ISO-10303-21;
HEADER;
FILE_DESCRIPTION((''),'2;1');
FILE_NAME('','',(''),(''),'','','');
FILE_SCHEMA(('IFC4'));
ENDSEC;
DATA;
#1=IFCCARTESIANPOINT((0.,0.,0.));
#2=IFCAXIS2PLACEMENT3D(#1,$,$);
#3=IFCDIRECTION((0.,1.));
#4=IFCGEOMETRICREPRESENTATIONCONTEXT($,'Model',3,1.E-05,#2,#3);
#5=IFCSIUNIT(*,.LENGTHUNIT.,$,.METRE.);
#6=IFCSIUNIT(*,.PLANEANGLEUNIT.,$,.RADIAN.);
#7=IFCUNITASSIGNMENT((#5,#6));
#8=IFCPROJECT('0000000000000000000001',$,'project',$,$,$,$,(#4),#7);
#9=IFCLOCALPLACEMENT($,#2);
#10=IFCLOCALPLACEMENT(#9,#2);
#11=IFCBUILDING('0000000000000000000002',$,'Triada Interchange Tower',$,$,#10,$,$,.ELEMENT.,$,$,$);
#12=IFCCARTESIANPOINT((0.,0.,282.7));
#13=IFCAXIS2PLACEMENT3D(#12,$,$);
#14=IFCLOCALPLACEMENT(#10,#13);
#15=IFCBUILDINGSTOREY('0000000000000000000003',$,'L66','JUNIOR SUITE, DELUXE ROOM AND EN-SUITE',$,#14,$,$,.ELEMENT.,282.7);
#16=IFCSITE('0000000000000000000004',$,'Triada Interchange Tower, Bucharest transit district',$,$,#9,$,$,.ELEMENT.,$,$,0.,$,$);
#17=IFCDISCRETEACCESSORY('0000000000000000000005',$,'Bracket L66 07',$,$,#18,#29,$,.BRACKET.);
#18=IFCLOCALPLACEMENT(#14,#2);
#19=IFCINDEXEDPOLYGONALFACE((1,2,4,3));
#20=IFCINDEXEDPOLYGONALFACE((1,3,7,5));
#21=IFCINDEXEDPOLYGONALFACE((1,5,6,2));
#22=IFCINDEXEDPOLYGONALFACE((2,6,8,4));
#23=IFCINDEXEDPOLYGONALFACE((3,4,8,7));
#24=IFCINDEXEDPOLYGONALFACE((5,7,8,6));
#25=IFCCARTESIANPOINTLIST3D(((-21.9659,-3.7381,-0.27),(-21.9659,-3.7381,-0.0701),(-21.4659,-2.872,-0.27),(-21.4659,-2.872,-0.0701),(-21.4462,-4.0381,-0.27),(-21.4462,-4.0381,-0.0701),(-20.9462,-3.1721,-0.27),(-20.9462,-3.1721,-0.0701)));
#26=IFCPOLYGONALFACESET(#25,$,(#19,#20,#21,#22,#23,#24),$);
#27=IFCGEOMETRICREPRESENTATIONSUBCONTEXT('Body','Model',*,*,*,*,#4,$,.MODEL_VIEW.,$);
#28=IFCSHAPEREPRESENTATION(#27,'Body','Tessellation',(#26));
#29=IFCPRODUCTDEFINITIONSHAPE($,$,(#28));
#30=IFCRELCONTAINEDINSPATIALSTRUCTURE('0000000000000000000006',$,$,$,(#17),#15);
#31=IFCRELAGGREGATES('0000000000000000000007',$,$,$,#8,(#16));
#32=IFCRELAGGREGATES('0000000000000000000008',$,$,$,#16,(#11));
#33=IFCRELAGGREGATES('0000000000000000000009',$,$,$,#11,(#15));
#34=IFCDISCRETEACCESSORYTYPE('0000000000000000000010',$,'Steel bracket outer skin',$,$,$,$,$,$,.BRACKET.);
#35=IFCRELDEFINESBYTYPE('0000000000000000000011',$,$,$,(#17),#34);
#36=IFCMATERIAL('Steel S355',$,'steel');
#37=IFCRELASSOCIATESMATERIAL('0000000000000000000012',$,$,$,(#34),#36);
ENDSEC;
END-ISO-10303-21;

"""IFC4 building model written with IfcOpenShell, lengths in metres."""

from ifc_helpers import new_model, si_unit, direction, frame, origin, origin_2d, place, context, subcontext, project, spatial, rectangle, extrude, material, type_object, element, save


model = new_model("IFC4")

# Units and contexts
model_context = context("Model", 3, precision=1e-05, world=origin(), true_north=direction((0.0, 1.0)))
body_context = subcontext(model_context, "Body", "Model", "MODEL_VIEW")
ifc_project = project(units=[si_unit("LENGTHUNIT", "METRE"), si_unit("PLANEANGLEUNIT", "RADIAN")], contexts=[model_context])

# Site, building, storey
site_placement = place(None, origin())
site = spatial("IfcSite", under=ifc_project, at=site_placement, Name="Triada Interchange Tower, Bucharest transit district", CompositionType="ELEMENT", RefElevation=0.0)
building_placement = place(site_placement, origin())
building = spatial("IfcBuilding", under=site, at=building_placement, Name="Triada Interchange Tower", CompositionType="ELEMENT")
storey_placement = place(building_placement, frame((0.0, 0.0, 282.7)))
storey = spatial("IfcBuildingStorey", under=building, at=storey_placement, Name="L66", Description="JUNIOR SUITE, DELUXE ROOM AND EN-SUITE", CompositionType="ELEMENT", Elevation=282.7)

# Discrete accessory
ifc_material_1 = material(Name="Steel S355", Category="steel")
discrete_accessory_type = type_object("IfcDiscreteAccessoryType", Name="Steel bracket outer skin", PredefinedType="BRACKET", material=ifc_material_1)
discrete_accessory_placement = place(storey_placement, frame((-21.4561, -3.4551, -0.27), z_axis=(0.0, 0.0, 1.0), x_axis=(-0.866024, 0.500002, 0.0)))
element("IfcDiscreteAccessory", 1, at=discrete_accessory_placement, inside=storey, type_object=discrete_accessory_type, Name="Bracket L66 07", PredefinedType="BRACKET", context=body_context, shape_type="SweptSolid", body=[
    extrude(rectangle(XDim=0.6001, YDim=1.0, at=origin_2d()), origin(), (0.0, 0.0, 1.0), 0.2),
])

save(model, "model.ifc")
